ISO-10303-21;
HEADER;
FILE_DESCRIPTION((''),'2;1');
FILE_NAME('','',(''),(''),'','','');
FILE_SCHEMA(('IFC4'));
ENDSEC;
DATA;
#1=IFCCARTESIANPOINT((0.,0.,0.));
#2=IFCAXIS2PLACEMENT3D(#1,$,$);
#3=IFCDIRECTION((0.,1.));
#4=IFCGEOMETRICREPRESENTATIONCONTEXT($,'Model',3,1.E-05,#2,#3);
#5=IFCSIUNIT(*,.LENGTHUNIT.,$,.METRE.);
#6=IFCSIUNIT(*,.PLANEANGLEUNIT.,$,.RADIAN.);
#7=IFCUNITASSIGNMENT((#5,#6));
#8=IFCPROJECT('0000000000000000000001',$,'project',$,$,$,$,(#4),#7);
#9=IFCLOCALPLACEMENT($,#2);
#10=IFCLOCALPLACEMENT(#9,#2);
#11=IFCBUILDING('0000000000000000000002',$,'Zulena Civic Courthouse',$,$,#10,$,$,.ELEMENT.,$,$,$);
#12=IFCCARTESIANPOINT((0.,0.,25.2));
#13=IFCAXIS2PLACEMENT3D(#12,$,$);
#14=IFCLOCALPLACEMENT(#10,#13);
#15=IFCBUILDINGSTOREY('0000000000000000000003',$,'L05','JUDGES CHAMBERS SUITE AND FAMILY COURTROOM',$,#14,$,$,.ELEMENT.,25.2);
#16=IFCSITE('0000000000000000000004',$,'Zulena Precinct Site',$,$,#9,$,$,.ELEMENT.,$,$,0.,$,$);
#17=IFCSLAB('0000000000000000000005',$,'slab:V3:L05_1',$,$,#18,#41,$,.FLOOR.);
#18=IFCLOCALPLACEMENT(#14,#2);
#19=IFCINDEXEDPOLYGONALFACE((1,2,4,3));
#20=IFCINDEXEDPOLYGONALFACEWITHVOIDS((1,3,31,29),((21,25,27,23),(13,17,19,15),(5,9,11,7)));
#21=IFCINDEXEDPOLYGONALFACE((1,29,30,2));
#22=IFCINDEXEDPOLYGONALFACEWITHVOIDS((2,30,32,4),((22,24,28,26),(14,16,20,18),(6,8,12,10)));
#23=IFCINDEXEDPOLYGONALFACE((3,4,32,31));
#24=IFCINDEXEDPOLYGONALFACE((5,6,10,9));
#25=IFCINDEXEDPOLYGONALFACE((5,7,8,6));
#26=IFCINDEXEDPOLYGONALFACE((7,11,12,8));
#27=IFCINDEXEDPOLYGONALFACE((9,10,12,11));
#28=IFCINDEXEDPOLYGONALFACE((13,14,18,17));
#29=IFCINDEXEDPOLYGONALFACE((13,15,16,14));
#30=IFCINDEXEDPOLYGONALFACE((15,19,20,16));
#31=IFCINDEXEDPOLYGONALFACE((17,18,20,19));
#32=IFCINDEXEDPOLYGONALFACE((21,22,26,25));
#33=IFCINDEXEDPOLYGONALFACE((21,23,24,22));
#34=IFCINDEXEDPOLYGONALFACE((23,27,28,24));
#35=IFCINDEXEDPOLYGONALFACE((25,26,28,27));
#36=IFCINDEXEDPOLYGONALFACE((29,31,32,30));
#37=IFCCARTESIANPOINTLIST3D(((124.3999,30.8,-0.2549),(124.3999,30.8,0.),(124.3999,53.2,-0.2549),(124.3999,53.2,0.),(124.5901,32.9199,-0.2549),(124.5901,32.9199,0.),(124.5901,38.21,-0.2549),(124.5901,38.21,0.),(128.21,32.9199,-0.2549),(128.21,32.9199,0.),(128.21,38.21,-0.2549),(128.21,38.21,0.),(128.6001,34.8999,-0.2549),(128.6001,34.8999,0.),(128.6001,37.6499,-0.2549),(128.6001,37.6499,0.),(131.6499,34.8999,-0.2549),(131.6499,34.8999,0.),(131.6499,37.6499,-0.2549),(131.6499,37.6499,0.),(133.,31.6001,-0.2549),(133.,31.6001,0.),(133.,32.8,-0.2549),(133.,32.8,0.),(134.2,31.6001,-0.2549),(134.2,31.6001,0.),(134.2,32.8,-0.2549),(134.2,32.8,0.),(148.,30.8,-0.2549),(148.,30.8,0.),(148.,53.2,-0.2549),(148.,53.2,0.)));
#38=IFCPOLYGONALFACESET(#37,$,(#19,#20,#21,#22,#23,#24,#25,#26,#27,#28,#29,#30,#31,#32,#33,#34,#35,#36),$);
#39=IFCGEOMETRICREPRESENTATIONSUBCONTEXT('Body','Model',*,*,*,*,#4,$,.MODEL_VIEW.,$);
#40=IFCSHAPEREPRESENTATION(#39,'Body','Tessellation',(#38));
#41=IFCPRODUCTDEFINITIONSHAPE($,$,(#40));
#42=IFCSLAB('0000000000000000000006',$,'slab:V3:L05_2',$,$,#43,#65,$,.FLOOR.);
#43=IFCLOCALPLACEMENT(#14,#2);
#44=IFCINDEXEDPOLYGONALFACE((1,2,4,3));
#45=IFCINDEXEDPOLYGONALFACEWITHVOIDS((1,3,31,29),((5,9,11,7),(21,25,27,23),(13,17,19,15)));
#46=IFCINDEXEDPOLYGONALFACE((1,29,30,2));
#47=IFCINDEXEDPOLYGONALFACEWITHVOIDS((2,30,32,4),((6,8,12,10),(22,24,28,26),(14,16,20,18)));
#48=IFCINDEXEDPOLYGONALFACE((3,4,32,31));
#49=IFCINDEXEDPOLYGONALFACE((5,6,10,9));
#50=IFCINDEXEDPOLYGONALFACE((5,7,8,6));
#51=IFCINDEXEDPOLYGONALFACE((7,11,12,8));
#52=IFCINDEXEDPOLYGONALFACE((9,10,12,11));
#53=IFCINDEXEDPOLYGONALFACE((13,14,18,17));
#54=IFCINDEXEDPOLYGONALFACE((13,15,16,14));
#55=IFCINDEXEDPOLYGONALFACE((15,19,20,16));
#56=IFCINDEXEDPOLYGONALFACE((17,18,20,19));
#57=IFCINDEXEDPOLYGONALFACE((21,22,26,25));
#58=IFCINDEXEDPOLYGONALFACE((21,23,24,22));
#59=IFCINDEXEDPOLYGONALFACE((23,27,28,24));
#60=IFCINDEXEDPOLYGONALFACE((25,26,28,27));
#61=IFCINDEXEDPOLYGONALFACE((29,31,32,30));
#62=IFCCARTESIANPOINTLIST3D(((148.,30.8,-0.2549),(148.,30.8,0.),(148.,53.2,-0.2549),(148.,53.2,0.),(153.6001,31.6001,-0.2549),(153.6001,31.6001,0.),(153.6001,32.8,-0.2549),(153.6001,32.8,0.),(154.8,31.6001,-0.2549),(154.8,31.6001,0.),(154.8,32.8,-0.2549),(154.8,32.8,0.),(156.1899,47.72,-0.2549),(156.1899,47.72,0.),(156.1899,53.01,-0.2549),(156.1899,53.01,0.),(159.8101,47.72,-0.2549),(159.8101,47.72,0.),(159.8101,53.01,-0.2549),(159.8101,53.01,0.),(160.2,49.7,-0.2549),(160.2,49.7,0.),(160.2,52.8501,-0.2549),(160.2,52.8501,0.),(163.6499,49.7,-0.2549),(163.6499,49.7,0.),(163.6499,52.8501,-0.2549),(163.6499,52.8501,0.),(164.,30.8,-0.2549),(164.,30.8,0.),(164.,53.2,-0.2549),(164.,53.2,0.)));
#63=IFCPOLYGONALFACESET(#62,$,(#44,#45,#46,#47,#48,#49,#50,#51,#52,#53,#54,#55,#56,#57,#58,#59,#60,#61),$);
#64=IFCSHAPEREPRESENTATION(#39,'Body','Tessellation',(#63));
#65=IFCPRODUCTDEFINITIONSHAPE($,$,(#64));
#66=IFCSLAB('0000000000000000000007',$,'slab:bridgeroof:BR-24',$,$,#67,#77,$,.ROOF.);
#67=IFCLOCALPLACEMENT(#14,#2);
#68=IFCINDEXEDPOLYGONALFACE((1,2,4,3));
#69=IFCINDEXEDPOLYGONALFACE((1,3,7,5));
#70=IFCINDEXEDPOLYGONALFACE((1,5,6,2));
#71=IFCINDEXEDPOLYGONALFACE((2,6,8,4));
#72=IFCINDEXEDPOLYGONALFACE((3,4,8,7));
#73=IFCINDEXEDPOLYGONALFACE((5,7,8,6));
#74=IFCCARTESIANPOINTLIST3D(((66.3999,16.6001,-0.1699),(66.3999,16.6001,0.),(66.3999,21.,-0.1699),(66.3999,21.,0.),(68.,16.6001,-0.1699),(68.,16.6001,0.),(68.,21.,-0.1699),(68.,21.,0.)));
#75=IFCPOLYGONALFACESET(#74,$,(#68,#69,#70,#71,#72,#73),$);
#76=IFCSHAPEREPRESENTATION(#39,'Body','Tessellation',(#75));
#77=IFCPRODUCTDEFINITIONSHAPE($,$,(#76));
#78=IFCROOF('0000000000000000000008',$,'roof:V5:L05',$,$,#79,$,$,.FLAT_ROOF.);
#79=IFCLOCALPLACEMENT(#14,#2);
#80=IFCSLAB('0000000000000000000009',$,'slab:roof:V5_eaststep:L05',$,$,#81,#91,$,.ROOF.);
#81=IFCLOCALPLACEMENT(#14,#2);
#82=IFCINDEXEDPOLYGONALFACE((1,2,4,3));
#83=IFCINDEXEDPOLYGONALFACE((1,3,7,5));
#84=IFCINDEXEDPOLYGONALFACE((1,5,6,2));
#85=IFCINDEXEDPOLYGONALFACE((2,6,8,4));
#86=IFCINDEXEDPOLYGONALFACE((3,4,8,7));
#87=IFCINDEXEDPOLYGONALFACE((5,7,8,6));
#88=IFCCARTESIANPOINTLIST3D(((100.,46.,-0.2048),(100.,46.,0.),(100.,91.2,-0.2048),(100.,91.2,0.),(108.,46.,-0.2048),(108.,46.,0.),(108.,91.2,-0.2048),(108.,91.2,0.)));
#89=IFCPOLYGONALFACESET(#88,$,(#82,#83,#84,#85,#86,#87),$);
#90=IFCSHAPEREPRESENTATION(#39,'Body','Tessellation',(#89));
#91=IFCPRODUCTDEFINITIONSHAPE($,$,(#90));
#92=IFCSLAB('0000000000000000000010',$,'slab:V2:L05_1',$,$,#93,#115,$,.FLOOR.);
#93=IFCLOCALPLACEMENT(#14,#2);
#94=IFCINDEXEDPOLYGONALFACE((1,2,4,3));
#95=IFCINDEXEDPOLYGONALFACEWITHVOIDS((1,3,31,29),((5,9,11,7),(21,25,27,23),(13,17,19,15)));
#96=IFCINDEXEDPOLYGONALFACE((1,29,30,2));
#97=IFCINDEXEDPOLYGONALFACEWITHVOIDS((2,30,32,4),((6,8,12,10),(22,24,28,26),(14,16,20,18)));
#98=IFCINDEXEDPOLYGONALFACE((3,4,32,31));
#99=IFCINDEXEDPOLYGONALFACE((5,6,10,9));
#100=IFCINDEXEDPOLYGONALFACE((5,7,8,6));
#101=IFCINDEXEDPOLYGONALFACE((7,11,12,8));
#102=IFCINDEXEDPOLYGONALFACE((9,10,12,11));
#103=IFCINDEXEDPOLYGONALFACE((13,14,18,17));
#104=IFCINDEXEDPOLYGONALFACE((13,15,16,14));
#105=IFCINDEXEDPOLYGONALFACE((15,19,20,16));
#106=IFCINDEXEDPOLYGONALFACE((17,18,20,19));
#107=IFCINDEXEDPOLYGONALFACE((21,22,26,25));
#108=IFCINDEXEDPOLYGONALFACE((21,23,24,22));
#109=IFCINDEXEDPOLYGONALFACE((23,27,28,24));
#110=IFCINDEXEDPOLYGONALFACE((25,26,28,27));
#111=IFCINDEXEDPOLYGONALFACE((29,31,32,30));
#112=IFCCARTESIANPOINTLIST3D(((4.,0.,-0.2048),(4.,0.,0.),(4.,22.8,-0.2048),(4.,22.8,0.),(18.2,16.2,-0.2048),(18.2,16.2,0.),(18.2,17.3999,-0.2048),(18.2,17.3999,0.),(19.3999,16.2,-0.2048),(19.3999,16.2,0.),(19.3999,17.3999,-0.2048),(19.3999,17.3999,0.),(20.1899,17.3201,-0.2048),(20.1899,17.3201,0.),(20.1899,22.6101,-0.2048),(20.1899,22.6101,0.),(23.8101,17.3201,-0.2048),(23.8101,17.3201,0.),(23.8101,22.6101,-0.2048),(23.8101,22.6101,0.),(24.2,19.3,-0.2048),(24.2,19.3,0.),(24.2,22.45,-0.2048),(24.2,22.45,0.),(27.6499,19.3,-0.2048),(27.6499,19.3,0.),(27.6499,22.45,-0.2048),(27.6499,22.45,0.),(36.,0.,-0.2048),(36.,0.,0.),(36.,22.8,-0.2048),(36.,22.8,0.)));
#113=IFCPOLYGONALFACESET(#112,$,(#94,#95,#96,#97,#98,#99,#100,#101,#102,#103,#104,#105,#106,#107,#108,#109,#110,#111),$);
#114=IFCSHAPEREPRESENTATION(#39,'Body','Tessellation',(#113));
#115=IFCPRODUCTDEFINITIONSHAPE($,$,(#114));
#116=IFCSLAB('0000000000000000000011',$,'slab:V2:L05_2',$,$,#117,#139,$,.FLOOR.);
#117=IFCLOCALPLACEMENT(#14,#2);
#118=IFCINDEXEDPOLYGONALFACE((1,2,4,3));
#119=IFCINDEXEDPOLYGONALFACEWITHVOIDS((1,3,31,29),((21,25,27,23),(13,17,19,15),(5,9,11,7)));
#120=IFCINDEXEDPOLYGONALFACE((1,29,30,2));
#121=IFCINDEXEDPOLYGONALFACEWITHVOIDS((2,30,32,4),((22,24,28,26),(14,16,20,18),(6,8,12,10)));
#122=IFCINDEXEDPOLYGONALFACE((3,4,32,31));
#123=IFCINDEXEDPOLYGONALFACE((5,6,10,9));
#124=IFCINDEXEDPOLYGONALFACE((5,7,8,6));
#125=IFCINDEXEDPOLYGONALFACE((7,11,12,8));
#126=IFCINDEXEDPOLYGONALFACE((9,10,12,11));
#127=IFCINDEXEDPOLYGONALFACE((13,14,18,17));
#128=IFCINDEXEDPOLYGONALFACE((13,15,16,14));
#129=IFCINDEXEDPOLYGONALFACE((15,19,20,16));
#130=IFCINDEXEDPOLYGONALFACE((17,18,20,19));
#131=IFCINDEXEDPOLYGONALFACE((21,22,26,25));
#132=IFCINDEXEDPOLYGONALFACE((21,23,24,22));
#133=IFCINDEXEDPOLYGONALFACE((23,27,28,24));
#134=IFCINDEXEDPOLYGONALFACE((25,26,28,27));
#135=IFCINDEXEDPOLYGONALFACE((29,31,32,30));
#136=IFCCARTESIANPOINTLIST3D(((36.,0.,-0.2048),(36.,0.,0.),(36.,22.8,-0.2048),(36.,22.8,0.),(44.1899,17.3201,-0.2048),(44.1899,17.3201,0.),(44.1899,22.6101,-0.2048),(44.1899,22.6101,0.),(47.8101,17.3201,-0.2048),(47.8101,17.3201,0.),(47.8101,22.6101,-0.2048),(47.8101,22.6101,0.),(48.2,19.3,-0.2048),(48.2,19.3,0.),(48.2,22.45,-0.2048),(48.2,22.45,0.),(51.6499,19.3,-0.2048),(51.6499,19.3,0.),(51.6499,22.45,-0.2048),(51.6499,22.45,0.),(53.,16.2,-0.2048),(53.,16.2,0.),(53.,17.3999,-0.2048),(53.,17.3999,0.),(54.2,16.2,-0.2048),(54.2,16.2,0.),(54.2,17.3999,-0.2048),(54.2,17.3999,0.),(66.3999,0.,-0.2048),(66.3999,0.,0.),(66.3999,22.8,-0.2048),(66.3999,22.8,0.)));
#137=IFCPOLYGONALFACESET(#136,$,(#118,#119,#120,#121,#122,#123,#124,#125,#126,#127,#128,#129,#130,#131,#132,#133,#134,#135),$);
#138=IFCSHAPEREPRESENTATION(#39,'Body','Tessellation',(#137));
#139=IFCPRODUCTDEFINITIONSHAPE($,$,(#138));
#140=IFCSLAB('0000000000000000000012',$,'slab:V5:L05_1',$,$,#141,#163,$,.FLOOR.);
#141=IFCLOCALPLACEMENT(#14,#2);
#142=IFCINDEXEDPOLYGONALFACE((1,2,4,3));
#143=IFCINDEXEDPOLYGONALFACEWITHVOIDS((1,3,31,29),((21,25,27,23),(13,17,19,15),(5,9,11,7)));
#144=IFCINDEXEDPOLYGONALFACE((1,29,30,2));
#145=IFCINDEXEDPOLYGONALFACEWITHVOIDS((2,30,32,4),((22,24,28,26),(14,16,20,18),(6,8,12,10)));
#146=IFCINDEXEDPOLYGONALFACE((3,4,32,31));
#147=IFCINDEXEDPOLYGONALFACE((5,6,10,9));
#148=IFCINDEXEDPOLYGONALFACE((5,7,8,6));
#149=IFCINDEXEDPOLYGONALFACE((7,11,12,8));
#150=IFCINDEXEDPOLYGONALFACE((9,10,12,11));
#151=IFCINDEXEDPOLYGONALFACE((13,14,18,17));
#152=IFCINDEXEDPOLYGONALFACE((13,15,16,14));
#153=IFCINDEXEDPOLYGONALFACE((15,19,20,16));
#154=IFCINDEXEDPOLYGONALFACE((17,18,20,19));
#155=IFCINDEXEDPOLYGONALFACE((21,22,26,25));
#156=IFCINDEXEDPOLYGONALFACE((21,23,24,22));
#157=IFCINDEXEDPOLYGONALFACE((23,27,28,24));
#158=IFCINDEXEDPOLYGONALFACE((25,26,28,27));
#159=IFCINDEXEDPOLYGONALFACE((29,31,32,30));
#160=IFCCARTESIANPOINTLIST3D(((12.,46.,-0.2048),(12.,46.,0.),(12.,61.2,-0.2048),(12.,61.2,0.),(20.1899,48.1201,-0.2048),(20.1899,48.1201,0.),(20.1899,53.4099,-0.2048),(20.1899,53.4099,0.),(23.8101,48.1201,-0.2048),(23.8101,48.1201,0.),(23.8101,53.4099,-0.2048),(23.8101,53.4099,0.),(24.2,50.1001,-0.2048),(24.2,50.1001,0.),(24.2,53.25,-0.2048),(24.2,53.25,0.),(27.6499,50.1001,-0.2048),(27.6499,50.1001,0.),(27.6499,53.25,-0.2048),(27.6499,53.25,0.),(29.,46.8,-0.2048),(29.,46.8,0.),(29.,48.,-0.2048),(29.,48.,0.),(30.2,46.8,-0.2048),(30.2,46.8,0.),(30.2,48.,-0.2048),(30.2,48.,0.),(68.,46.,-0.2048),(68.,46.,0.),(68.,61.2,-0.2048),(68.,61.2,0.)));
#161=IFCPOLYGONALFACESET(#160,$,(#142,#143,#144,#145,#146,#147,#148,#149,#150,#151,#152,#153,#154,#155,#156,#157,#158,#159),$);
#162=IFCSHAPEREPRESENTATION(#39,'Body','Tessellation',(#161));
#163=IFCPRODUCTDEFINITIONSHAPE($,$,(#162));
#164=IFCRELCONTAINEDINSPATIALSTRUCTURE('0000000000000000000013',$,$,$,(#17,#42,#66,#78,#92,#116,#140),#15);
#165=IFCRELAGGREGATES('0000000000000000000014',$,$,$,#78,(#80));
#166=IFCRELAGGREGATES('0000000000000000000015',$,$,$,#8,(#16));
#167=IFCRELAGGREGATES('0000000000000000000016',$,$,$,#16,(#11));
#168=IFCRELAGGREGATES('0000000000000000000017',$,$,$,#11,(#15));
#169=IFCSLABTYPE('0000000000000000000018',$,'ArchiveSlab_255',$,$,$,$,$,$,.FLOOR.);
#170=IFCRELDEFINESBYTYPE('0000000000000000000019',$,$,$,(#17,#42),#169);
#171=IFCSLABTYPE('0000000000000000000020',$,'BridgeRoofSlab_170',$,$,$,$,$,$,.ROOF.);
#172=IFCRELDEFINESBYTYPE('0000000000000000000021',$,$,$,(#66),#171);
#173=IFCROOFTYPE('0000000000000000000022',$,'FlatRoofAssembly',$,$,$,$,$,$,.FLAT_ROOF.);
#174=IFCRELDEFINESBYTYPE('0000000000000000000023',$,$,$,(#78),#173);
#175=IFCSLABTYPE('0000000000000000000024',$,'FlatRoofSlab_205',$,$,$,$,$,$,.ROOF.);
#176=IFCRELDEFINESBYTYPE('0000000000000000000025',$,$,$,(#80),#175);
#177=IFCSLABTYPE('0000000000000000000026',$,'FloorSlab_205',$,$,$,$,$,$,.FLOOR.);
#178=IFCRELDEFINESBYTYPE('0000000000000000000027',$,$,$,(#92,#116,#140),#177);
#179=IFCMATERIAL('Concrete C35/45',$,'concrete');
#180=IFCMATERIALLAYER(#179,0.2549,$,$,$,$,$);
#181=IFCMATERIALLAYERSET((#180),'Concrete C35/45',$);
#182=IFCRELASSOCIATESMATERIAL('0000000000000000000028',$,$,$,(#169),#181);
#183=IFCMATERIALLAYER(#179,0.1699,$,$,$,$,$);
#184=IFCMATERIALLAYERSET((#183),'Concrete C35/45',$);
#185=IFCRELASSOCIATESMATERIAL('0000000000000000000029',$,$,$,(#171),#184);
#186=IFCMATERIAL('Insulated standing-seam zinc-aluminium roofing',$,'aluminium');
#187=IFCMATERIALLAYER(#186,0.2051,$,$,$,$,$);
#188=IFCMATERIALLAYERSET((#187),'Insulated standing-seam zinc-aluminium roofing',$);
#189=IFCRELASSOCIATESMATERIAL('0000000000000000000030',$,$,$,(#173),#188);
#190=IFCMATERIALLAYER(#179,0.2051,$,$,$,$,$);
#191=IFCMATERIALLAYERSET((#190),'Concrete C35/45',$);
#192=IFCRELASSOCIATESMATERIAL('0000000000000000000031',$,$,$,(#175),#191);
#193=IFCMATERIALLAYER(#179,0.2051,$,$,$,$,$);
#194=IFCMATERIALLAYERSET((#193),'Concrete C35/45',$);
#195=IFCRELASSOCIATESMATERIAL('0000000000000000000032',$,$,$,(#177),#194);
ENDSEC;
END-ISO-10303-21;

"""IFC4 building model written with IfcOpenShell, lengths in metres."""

from ifc_helpers import new_model, si_unit, direction, frame, origin, place, context, subcontext, project, spatial, polyline, outline, extrude, material, layer, layer_set, type_object, element, aggregate, save


model = new_model("IFC4")

# Units and contexts
model_context = context("Model", 3, precision=1e-05, world=origin(), true_north=direction((0.0, 1.0)))
body_context = subcontext(model_context, "Body", "Model", "MODEL_VIEW")
ifc_project = project(units=[si_unit("LENGTHUNIT", "METRE"), si_unit("PLANEANGLEUNIT", "RADIAN")], contexts=[model_context])

# Site, building, storey
site_placement = place(None, origin())
site = spatial("IfcSite", under=ifc_project, at=site_placement, Name="Zulena Precinct Site", CompositionType="ELEMENT", RefElevation=0.0)
building_placement = place(site_placement, origin())
building = spatial("IfcBuilding", under=site, at=building_placement, Name="Zulena Civic Courthouse", CompositionType="ELEMENT")
storey_placement = place(building_placement, frame((0.0, 0.0, 25.2)))
storey = spatial("IfcBuildingStorey", under=building, at=storey_placement, Name="L05", Description="JUDGES CHAMBERS SUITE AND FAMILY COURTROOM", CompositionType="ELEMENT", Elevation=25.2)

# Slabs
ifc_material_1 = material(Name="Concrete C35/45", Category="concrete")
ifc_layer_1 = layer(ifc_material_1, 0.2549)
ifc_layer_set_1 = layer_set([ifc_layer_1], Name="Concrete C35/45")
slab_type_1 = type_object("IfcSlabType", Name="ArchiveSlab_255", PredefinedType="FLOOR", material=ifc_layer_set_1)
slab_1_placement = place(storey_placement, frame((0.0, 0.0, -0.2549)))
element("IfcSlab", 1, at=slab_1_placement, inside=storey, type_object=slab_type_1, Name="slab:V3:L05_1", PredefinedType="FLOOR", context=body_context, shape_type="SweptSolid", body=[
    extrude(outline(polyline([(124.3999, 30.8), (124.3999, 53.2), (148.0, 53.2), (148.0, 30.8), (124.3999, 30.8)]), holes=[polyline([(124.5901, 38.21), (124.5901, 32.9199), (128.21, 32.9199), (128.21, 38.21), (124.5901, 38.21)]), polyline([(131.6499, 37.6499), (128.6001, 37.6499), (128.6001, 34.8999), (131.6499, 34.8999), (131.6499, 37.6499)]), polyline([(133.0, 32.8), (133.0, 31.6001), (134.2, 31.6001), (134.2, 32.8), (133.0, 32.8)])]), origin(), (0.0, 0.0, 1.0), 0.2549),
])
slab_2_placement = place(storey_placement, frame((0.0, 0.0, -0.2549)))
element("IfcSlab", 2, at=slab_2_placement, inside=storey, type_object=slab_type_1, Name="slab:V3:L05_2", PredefinedType="FLOOR", context=body_context, shape_type="SweptSolid", body=[
    extrude(outline(polyline([(164.0, 30.8), (148.0, 30.8), (148.0, 53.2), (164.0, 53.2), (164.0, 30.8)]), holes=[polyline([(159.8101, 47.72), (159.8101, 53.01), (156.1899, 53.01), (156.1899, 47.72), (159.8101, 47.72)]), polyline([(160.2, 49.7), (163.6499, 49.7), (163.6499, 52.8501), (160.2, 52.8501), (160.2, 49.7)]), polyline([(154.8, 32.8), (153.6001, 32.8), (153.6001, 31.6001), (154.8, 31.6001), (154.8, 32.8)])]), origin(), (0.0, 0.0, 1.0), 0.2549),
])
ifc_layer_2 = layer(ifc_material_1, 0.1699)
ifc_layer_set_2 = layer_set([ifc_layer_2], Name="Concrete C35/45")
slab_type_2 = type_object("IfcSlabType", Name="BridgeRoofSlab_170", PredefinedType="ROOF", material=ifc_layer_set_2)
slab_3_placement = place(storey_placement, frame((0.0, 0.0, -0.1699)))
element("IfcSlab", 3, at=slab_3_placement, inside=storey, type_object=slab_type_2, Name="slab:bridgeroof:BR-24", PredefinedType="ROOF", context=body_context, shape_type="SweptSolid", body=[
    extrude(outline(polyline([(66.3999, 16.6001), (68.0, 16.6001), (68.0, 21.0), (66.3999, 21.0), (66.3999, 16.6001)])), origin(), (0.0, 0.0, 1.0), 0.1699),
])

# Roof, slab
ifc_material_2 = material(Name="Insulated standing-seam zinc-aluminium roofing", Category="aluminium")
ifc_layer_3 = layer(ifc_material_2, 0.2051)
ifc_layer_set_3 = layer_set([ifc_layer_3], Name="Insulated standing-seam zinc-aluminium roofing")
roof_type = type_object("IfcRoofType", Name="FlatRoofAssembly", PredefinedType="FLAT_ROOF", material=ifc_layer_set_3)
roof_placement = place(storey_placement, origin())
roof = element("IfcRoof", 4, at=roof_placement, inside=storey, type_object=roof_type, Name="roof:V5:L05", PredefinedType="FLAT_ROOF")
ifc_layer_4 = layer(ifc_material_1, 0.2051)
ifc_layer_set_4 = layer_set([ifc_layer_4], Name="Concrete C35/45")
slab_type_3 = type_object("IfcSlabType", Name="FlatRoofSlab_205", PredefinedType="ROOF", material=ifc_layer_set_4)
slab_4_placement = place(storey_placement, frame((0.0, 0.0, -0.2048)))
slab_4 = element("IfcSlab", 5, at=slab_4_placement, type_object=slab_type_3, Name="slab:roof:V5_eaststep:L05", PredefinedType="ROOF", context=body_context, shape_type="SweptSolid", body=[
    extrude(outline(polyline([(100.0, 46.0), (108.0, 46.0), (108.0, 91.2), (100.0, 91.2), (100.0, 46.0)])), origin(), (0.0, 0.0, 1.0), 0.2048),
])
aggregate(roof, [slab_4])

# Slabs
ifc_layer_5 = layer(ifc_material_1, 0.2051)
ifc_layer_set_5 = layer_set([ifc_layer_5], Name="Concrete C35/45")
slab_type_4 = type_object("IfcSlabType", Name="FloorSlab_205", PredefinedType="FLOOR", material=ifc_layer_set_5)
slab_5_placement = place(storey_placement, frame((0.0, 0.0, -0.2048)))
element("IfcSlab", 6, at=slab_5_placement, inside=storey, type_object=slab_type_4, Name="slab:V2:L05_1", PredefinedType="FLOOR", context=body_context, shape_type="SweptSolid", body=[
    extrude(outline(polyline([(4.0, 0.0), (4.0, 22.8), (36.0, 22.8), (36.0, 0.0), (4.0, 0.0)]), holes=[polyline([(20.1899, 22.6101), (20.1899, 17.3201), (23.8101, 17.3201), (23.8101, 22.6101), (20.1899, 22.6101)]), polyline([(27.6499, 22.45), (24.2, 22.45), (24.2, 19.3), (27.6499, 19.3), (27.6499, 22.45)]), polyline([(18.2, 17.3999), (18.2, 16.2), (19.3999, 16.2), (19.3999, 17.3999), (18.2, 17.3999)])]), origin(), (0.0, 0.0, 1.0), 0.2048),
])
slab_6_placement = place(storey_placement, frame((0.0, 0.0, -0.2048)))
element("IfcSlab", 7, at=slab_6_placement, inside=storey, type_object=slab_type_4, Name="slab:V2:L05_2", PredefinedType="FLOOR", context=body_context, shape_type="SweptSolid", body=[
    extrude(outline(polyline([(66.3999, 0.0), (36.0, 0.0), (36.0, 22.8), (66.3999, 22.8), (66.3999, 0.0)]), holes=[polyline([(47.8101, 17.3201), (47.8101, 22.6101), (44.1899, 22.6101), (44.1899, 17.3201), (47.8101, 17.3201)]), polyline([(48.2, 19.3), (51.6499, 19.3), (51.6499, 22.45), (48.2, 22.45), (48.2, 19.3)]), polyline([(54.2, 17.3999), (53.0, 17.3999), (53.0, 16.2), (54.2, 16.2), (54.2, 17.3999)])]), origin(), (0.0, 0.0, 1.0), 0.2048),
])
slab_7_placement = place(storey_placement, frame((0.0, 0.0, -0.2048)))
element("IfcSlab", 8, at=slab_7_placement, inside=storey, type_object=slab_type_4, Name="slab:V5:L05_1", PredefinedType="FLOOR", context=body_context, shape_type="SweptSolid", body=[
    extrude(outline(polyline([(12.0, 61.2), (68.0, 61.2), (68.0, 46.0), (12.0, 46.0), (12.0, 61.2)]), holes=[polyline([(20.1899, 53.4099), (20.1899, 48.1201), (23.8101, 48.1201), (23.8101, 53.4099), (20.1899, 53.4099)]), polyline([(27.6499, 53.25), (24.2, 53.25), (24.2, 50.1001), (27.6499, 50.1001), (27.6499, 53.25)]), polyline([(29.0, 48.0), (29.0, 46.8), (30.2, 46.8), (30.2, 48.0), (29.0, 48.0)])]), origin(), (0.0, 0.0, 1.0), 0.2048),
])

save(model, "model.ifc")
